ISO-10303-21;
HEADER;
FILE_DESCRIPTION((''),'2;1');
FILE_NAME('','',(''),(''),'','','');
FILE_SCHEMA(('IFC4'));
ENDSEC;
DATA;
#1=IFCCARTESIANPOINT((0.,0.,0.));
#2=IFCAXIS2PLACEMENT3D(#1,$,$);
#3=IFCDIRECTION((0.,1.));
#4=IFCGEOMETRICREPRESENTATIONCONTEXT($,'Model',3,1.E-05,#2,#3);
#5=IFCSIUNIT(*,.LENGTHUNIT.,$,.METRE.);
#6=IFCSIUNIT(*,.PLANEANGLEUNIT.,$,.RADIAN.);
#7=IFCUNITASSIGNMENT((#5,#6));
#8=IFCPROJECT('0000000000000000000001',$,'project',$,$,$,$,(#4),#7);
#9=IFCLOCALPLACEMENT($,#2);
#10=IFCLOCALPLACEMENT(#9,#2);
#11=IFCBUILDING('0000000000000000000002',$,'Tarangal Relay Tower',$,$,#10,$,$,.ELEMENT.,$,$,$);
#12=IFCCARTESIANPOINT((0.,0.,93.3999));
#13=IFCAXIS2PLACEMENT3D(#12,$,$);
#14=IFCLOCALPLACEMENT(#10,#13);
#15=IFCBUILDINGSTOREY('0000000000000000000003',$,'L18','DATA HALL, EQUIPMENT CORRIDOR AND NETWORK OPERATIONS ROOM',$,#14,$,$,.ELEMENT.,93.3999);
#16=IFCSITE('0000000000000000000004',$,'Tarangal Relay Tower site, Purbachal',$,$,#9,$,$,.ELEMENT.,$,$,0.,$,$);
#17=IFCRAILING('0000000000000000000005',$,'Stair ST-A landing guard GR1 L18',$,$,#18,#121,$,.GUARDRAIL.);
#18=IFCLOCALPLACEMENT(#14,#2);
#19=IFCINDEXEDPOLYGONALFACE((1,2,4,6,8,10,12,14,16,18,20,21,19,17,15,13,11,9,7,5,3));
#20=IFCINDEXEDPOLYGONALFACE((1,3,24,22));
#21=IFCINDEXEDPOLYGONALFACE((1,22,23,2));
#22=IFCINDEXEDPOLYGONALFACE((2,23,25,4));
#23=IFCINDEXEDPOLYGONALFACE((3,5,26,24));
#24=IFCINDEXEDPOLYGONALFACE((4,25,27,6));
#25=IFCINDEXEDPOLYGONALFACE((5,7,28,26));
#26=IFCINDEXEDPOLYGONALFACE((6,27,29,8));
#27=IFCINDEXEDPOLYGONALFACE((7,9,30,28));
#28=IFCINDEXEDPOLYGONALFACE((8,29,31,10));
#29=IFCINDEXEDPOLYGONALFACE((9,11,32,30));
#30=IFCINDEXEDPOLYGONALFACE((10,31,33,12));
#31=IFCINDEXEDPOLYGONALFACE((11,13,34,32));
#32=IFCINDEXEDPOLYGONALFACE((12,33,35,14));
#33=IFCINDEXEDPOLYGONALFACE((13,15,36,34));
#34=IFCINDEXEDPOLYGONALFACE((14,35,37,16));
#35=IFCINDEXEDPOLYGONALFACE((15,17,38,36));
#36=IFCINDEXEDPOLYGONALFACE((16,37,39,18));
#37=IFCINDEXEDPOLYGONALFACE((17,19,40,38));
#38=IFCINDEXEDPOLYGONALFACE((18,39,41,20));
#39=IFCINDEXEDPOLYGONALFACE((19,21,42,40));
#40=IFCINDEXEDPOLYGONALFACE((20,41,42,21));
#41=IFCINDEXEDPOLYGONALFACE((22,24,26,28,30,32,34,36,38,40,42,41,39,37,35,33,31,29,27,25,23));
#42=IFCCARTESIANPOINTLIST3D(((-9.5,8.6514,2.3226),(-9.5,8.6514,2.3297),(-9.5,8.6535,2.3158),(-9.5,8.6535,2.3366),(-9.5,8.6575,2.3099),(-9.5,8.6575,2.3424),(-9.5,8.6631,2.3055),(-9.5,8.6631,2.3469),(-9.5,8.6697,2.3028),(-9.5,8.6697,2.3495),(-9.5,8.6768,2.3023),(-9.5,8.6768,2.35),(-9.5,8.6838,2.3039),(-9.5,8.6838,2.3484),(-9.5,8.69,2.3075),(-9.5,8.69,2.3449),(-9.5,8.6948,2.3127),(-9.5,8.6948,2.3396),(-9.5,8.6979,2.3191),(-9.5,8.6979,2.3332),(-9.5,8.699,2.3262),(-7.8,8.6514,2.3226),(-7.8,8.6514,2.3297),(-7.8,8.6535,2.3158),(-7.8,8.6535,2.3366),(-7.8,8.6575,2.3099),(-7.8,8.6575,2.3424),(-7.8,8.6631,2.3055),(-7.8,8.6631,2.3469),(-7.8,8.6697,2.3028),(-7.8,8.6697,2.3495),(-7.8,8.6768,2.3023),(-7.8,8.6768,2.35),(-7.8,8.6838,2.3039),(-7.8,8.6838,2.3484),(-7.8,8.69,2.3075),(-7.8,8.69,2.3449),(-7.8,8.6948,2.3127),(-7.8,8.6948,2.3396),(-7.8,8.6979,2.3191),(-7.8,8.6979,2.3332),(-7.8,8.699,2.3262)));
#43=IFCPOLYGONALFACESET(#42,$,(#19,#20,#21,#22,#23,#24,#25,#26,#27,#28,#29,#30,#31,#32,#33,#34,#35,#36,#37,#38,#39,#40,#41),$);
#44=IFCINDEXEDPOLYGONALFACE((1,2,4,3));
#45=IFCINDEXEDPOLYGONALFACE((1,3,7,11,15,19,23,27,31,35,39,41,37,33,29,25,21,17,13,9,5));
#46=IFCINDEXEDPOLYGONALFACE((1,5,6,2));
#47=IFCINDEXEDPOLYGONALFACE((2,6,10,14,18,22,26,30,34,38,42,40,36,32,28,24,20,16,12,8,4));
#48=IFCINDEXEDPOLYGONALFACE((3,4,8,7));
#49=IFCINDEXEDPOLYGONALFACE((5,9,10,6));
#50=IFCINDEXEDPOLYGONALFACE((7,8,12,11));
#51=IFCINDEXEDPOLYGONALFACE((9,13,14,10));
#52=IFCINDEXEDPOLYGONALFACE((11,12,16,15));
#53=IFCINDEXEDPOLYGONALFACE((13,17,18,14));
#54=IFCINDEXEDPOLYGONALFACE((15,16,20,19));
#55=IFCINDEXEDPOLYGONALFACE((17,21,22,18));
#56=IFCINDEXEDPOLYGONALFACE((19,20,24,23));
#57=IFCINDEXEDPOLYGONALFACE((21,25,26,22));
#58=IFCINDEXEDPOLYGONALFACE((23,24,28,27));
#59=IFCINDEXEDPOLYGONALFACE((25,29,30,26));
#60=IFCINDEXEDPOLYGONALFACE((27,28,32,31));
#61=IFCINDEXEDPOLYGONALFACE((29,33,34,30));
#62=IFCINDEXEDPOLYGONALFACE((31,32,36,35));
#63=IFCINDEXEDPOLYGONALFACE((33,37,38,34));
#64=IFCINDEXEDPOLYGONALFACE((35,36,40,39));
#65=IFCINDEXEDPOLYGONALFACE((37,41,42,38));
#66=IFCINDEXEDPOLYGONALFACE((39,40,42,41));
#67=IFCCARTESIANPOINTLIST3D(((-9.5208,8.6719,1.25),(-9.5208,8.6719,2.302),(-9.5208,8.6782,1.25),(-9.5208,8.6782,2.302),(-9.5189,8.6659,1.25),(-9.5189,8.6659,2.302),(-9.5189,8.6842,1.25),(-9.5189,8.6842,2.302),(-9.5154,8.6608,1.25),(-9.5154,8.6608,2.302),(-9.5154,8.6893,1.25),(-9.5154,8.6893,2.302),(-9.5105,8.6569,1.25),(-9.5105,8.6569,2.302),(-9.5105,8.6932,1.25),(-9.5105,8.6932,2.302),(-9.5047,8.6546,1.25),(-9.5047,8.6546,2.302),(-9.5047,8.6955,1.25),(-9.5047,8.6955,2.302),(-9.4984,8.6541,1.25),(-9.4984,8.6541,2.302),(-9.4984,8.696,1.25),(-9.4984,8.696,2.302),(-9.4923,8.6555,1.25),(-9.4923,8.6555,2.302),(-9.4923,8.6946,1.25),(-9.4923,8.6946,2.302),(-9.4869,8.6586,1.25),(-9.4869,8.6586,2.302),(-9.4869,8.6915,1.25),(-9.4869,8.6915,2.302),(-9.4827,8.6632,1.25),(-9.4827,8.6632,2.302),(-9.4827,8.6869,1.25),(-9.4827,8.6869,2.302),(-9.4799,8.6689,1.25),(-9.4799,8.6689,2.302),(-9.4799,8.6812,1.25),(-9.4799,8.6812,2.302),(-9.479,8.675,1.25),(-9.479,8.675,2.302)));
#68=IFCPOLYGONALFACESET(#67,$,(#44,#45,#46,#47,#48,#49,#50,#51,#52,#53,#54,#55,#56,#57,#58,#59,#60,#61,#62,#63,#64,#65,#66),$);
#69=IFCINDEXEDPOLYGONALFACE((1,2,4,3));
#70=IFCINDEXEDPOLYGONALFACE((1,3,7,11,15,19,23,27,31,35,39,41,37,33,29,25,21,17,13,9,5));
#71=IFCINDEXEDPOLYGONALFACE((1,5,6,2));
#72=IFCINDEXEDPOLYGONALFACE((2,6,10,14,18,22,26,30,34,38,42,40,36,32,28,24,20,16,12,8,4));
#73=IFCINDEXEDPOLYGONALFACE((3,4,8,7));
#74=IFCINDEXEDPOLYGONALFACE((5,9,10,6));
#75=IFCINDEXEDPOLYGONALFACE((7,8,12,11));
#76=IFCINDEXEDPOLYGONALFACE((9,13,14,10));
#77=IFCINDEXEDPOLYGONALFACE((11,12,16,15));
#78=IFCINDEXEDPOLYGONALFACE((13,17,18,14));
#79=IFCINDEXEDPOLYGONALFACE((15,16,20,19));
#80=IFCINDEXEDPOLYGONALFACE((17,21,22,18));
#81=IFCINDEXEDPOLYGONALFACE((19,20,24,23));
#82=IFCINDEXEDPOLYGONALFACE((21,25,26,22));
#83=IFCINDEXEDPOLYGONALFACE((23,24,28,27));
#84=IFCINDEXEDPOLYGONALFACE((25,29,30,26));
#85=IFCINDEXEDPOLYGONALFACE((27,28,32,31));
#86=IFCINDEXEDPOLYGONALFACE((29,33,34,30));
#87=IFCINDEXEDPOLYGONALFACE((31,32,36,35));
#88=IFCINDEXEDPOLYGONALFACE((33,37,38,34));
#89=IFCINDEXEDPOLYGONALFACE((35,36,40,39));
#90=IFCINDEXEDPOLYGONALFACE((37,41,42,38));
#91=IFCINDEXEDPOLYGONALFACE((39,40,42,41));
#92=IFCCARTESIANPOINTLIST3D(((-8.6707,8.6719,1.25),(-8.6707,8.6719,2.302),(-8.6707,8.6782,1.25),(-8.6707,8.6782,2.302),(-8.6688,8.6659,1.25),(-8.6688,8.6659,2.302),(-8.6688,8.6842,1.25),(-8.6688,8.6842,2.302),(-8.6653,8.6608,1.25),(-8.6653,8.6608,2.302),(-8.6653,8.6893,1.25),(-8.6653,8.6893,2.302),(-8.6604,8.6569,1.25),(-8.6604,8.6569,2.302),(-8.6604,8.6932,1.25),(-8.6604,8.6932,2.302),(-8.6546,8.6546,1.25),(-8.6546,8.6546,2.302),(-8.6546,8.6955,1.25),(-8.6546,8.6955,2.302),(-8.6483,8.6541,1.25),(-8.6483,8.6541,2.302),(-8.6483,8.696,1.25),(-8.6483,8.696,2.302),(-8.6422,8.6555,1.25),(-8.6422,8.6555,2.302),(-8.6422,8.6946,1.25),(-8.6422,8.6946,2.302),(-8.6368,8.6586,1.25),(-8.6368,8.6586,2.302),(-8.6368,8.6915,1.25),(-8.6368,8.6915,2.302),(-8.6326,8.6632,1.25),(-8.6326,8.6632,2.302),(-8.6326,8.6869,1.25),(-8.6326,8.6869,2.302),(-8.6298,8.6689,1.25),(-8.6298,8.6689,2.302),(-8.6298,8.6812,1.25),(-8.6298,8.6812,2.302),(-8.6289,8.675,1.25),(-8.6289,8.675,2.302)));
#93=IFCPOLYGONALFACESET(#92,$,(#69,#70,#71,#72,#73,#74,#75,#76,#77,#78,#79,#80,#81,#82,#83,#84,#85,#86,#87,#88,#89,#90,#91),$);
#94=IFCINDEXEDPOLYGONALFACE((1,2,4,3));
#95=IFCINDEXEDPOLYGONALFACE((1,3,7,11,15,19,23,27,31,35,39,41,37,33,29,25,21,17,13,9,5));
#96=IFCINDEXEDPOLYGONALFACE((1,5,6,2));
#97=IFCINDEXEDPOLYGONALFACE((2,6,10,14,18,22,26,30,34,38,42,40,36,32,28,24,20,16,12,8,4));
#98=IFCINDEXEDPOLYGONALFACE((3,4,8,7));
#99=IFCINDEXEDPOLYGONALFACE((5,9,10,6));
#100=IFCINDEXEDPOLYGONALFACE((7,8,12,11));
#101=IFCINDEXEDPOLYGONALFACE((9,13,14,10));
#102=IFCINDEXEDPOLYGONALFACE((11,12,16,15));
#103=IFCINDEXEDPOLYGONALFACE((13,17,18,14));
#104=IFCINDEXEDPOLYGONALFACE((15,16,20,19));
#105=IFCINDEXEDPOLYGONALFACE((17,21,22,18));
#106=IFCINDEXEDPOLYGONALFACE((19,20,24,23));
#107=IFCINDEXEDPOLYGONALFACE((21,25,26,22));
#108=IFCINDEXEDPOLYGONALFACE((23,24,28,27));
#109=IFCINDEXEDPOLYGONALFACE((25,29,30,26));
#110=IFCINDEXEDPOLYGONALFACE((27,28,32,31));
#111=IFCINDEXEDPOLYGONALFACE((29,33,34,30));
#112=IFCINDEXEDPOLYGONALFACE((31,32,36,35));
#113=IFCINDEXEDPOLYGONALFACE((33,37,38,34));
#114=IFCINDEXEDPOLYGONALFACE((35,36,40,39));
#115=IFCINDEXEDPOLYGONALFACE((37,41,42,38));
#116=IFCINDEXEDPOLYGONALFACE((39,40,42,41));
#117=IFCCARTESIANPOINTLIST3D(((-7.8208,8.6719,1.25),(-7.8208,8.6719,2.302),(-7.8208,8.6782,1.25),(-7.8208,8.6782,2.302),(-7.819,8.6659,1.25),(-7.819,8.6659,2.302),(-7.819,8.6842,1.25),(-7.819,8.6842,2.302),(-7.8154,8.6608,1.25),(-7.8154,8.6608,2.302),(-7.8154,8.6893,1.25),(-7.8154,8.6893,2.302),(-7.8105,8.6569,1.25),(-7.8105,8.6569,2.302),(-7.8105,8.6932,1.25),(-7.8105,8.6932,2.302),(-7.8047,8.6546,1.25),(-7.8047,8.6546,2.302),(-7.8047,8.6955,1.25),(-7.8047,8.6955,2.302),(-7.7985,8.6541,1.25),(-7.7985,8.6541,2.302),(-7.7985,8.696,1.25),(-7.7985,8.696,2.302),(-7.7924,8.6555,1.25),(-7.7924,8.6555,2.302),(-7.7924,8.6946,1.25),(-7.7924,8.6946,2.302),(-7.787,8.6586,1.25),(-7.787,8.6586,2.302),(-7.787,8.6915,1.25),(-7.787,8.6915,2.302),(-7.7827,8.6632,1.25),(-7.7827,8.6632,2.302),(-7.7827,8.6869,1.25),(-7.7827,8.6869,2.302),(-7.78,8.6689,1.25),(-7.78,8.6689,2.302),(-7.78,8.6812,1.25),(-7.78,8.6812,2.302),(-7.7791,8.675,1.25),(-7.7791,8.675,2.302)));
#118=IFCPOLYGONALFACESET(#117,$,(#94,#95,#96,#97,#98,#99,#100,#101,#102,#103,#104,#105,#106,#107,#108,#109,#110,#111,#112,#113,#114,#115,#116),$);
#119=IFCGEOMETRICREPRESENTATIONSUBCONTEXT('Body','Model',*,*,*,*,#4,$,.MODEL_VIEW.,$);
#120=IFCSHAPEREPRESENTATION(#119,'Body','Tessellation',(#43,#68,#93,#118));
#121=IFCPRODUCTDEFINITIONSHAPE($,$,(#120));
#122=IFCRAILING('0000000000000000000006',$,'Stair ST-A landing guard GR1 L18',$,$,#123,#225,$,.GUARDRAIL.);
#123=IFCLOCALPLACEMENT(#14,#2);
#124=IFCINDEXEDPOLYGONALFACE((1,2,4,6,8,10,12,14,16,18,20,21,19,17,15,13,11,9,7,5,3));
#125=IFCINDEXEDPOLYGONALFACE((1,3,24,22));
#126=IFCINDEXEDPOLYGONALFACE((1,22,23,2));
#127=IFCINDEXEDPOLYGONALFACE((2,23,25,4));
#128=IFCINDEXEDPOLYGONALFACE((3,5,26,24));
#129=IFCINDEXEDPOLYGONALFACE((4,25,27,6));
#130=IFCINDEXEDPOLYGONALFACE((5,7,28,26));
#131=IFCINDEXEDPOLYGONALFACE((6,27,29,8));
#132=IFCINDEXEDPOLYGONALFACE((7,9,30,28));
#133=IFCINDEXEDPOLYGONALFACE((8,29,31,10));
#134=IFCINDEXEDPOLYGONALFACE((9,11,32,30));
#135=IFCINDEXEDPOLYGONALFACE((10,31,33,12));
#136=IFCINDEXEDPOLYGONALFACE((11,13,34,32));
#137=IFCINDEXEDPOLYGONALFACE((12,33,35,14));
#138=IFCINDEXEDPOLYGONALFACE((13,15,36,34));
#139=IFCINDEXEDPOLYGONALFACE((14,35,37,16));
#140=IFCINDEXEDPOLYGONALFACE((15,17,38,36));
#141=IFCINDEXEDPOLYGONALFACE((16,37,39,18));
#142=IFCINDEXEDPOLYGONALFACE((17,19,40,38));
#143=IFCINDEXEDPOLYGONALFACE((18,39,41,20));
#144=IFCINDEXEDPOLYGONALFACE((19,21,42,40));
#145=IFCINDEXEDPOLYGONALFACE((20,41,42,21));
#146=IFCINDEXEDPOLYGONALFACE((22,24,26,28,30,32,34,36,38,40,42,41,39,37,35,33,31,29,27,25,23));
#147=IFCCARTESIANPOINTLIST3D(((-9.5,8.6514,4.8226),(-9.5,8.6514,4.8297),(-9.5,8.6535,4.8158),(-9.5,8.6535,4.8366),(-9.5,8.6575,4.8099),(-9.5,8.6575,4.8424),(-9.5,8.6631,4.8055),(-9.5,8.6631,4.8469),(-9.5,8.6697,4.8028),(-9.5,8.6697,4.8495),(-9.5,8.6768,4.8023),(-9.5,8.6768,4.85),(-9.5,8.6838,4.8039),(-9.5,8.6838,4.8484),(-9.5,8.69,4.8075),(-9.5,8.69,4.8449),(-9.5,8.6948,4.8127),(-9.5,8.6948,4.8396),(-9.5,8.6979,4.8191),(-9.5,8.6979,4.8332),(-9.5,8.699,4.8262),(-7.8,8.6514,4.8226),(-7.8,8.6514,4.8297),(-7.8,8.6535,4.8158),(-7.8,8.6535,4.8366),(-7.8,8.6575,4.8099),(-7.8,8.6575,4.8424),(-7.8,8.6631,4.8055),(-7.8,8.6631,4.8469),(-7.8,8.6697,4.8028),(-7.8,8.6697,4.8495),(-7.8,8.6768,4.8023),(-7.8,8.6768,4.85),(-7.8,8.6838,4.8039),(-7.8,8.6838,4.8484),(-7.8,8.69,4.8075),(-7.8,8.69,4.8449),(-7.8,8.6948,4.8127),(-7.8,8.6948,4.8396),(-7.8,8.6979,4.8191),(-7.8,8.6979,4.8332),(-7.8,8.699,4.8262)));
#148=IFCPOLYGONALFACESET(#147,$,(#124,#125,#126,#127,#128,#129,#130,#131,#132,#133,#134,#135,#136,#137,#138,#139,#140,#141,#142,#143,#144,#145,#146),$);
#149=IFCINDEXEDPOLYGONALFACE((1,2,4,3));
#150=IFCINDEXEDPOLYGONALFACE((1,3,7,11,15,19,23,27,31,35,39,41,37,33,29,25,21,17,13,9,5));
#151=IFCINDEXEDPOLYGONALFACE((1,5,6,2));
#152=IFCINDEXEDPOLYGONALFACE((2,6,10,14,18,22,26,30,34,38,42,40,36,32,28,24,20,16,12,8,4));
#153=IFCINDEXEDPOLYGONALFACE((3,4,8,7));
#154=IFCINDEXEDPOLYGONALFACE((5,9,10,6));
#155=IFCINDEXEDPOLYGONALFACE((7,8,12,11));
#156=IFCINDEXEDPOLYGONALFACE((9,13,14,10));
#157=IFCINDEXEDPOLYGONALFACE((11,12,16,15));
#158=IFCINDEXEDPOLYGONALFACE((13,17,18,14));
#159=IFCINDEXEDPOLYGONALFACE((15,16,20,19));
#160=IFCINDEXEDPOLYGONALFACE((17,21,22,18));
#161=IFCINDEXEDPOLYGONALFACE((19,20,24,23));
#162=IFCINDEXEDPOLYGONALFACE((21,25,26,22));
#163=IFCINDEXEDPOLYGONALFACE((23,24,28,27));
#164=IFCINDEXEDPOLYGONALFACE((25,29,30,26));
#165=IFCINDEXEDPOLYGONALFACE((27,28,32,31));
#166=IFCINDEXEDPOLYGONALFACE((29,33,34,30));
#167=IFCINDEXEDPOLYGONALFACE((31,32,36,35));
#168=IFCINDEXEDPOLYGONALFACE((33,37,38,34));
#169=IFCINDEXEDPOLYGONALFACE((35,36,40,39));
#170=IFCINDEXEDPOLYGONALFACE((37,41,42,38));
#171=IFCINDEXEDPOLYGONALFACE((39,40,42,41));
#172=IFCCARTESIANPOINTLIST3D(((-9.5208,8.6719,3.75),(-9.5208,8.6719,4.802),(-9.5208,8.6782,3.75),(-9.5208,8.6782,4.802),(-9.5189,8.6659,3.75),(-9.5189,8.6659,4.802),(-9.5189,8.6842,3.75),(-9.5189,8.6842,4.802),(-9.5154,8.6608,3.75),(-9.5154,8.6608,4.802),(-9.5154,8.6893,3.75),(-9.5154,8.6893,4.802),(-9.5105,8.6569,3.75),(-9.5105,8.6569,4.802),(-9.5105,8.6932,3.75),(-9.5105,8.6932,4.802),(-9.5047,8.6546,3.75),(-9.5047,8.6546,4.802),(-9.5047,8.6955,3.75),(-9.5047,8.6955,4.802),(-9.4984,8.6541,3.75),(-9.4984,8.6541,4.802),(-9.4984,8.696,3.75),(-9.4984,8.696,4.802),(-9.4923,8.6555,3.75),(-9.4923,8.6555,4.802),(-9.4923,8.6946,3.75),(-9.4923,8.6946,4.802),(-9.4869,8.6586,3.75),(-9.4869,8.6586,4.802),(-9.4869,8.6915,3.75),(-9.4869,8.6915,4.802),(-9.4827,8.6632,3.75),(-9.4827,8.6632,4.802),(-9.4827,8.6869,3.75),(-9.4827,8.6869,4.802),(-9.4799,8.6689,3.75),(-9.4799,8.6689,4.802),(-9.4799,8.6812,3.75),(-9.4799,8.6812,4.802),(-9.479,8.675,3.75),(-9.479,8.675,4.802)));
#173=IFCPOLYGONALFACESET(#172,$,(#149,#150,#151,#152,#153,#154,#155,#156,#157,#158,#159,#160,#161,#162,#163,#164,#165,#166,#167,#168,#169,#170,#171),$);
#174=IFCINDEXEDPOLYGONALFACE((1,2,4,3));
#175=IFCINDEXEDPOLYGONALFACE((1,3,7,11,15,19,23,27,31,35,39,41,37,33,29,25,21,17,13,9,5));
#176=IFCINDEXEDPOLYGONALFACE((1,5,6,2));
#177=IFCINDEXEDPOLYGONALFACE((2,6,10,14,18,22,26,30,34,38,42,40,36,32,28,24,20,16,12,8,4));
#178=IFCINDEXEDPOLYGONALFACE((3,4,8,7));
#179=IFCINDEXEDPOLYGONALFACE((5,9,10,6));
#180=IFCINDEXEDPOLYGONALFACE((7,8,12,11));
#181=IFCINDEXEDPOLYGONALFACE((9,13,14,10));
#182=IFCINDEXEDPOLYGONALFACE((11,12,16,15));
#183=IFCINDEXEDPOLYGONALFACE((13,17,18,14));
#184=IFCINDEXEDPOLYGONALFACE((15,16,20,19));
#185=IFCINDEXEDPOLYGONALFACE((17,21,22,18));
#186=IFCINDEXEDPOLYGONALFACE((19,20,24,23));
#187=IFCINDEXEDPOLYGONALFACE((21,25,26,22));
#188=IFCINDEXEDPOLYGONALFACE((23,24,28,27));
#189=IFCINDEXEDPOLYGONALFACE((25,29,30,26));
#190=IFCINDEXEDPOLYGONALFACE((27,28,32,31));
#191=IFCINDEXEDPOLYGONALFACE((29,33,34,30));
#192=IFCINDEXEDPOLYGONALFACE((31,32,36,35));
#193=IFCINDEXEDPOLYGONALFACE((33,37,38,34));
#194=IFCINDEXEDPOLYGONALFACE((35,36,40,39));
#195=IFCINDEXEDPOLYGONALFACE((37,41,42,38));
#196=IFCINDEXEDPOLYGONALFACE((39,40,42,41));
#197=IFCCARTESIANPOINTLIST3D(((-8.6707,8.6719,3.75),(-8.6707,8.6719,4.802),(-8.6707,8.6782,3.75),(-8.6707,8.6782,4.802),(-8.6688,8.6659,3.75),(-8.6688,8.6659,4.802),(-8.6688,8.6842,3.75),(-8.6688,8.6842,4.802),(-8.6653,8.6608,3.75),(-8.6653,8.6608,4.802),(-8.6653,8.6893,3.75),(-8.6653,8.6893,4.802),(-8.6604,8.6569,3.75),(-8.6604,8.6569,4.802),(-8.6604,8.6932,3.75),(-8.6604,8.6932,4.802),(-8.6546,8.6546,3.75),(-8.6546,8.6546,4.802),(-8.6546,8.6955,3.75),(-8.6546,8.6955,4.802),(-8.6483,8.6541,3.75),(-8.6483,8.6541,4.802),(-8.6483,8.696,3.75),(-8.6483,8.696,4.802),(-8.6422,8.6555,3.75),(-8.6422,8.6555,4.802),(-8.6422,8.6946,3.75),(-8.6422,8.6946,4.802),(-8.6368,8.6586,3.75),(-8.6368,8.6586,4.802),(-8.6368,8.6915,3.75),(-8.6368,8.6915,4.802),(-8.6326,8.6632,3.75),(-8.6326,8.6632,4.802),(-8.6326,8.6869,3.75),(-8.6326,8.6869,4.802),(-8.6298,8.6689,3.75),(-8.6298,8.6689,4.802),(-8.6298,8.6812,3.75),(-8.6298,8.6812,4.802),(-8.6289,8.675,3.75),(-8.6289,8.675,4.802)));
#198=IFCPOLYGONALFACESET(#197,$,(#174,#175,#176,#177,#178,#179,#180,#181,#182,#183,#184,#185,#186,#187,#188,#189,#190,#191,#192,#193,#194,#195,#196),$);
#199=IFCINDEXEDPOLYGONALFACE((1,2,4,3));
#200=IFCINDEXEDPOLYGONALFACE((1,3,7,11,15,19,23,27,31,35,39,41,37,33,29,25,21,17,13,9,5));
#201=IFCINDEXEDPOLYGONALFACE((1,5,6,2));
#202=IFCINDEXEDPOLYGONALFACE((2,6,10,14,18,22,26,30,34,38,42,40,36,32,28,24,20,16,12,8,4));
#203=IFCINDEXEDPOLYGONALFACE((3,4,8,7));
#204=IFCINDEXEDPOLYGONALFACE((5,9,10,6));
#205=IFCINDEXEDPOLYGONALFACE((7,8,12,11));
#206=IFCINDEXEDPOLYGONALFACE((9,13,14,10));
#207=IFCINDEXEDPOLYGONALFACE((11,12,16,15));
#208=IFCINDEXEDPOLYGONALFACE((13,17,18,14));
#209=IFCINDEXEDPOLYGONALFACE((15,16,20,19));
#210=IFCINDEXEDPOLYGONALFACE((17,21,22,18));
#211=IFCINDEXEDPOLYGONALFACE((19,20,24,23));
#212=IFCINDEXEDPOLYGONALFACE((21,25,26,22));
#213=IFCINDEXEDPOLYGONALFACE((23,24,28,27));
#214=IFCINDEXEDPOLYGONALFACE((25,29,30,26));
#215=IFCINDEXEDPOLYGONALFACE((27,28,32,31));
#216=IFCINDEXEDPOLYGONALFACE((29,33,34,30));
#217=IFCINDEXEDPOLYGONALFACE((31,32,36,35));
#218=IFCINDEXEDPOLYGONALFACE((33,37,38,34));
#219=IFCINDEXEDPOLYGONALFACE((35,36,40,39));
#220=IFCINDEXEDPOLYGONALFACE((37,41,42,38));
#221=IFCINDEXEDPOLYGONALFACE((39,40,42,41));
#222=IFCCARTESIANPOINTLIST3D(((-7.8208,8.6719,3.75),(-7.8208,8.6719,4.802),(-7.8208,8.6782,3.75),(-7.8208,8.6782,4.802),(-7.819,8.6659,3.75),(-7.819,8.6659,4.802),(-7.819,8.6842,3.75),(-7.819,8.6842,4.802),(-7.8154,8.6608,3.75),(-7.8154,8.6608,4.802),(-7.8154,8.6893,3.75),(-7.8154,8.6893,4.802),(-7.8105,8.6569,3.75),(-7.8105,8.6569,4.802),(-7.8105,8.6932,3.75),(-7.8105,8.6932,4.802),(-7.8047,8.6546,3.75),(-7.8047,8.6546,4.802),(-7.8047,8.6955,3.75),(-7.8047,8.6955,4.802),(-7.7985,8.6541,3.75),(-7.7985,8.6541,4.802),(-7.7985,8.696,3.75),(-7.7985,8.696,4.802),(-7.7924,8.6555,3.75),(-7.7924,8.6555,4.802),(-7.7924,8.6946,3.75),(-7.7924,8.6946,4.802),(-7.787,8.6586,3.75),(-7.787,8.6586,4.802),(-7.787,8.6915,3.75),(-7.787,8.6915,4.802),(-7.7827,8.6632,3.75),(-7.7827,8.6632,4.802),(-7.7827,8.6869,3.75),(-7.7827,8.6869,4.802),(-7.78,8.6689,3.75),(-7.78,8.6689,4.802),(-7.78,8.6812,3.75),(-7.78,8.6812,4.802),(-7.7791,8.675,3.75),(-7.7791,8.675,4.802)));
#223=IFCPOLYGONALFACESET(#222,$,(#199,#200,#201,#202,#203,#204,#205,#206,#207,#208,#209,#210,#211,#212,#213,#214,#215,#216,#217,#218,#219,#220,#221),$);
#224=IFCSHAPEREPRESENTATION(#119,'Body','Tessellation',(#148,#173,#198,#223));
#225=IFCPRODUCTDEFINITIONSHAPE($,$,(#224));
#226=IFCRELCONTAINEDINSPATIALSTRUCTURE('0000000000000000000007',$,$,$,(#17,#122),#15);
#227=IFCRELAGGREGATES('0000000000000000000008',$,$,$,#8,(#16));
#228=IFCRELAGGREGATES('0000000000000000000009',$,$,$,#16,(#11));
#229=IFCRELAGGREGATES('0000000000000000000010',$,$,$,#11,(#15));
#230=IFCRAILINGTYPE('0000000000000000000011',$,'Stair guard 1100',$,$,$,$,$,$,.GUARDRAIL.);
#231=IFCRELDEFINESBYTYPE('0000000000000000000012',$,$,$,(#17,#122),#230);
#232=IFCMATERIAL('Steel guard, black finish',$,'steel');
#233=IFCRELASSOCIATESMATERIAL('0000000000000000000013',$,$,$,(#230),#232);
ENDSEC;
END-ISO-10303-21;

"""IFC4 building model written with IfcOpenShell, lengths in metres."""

from ifc_helpers import new_model, si_unit, direction, frame, origin, origin_2d, place, context, subcontext, project, spatial, circle, extrude, material, type_object, element, save


model = new_model("IFC4")

# Units and contexts
model_context = context("Model", 3, precision=1e-05, world=origin(), true_north=direction((0.0, 1.0)))
body_context = subcontext(model_context, "Body", "Model", "MODEL_VIEW")
ifc_project = project(units=[si_unit("LENGTHUNIT", "METRE"), si_unit("PLANEANGLEUNIT", "RADIAN")], contexts=[model_context])

# Site, building, storey
site_placement = place(None, origin())
site = spatial("IfcSite", under=ifc_project, at=site_placement, Name="Tarangal Relay Tower site, Purbachal", CompositionType="ELEMENT", RefElevation=0.0)
building_placement = place(site_placement, origin())
building = spatial("IfcBuilding", under=site, at=building_placement, Name="Tarangal Relay Tower", CompositionType="ELEMENT")
storey_placement = place(building_placement, frame((0.0, 0.0, 93.3999)))
storey = spatial("IfcBuildingStorey", under=building, at=storey_placement, Name="L18", Description="DATA HALL, EQUIPMENT CORRIDOR AND NETWORK OPERATIONS ROOM", CompositionType="ELEMENT", Elevation=93.3999)

# Railings
ifc_material_1 = material(Name="Steel guard, black finish", Category="steel")
railing_type_1 = type_object("IfcRailingType", Name="Stair guard 1100", PredefinedType="GUARDRAIL", material=ifc_material_1)
for number, where, name in (
    (1, (-9.5, 8.675, 1.25), "Stair ST-A landing guard GR1 L18"),
    (2, (-9.5, 8.675, 3.75), "Stair ST-A landing guard GR1 L18"),
):
    element("IfcRailing", number, at=place(storey_placement, frame(where)), inside=storey, type_object=railing_type_1, Name=name, PredefinedType="GUARDRAIL", context=body_context, shape_type="SweptSolid", body=[
        extrude(circle(Radius=0.0239, at=origin_2d()), frame((0.0, 0.0, 1.0762), z_axis=(1.0, 0.0, 0.0), x_axis=(0.0, 1.0, 0.0)), (0.0, 0.0, 1.0), 1.7),
        extrude(circle(Radius=0.021, at=origin_2d()), origin(), (0.0, 0.0, 1.0), 1.052),
        extrude(circle(Radius=0.021, at=origin_2d()), frame((0.8501, 0.0, 0.0)), (0.0, 0.0, 1.0), 1.052),
        extrude(circle(Radius=0.021, at=origin_2d()), frame((1.7, 0.0, 0.0)), (0.0, 0.0, 1.0), 1.052),
    ])

save(model, "model.ifc")
